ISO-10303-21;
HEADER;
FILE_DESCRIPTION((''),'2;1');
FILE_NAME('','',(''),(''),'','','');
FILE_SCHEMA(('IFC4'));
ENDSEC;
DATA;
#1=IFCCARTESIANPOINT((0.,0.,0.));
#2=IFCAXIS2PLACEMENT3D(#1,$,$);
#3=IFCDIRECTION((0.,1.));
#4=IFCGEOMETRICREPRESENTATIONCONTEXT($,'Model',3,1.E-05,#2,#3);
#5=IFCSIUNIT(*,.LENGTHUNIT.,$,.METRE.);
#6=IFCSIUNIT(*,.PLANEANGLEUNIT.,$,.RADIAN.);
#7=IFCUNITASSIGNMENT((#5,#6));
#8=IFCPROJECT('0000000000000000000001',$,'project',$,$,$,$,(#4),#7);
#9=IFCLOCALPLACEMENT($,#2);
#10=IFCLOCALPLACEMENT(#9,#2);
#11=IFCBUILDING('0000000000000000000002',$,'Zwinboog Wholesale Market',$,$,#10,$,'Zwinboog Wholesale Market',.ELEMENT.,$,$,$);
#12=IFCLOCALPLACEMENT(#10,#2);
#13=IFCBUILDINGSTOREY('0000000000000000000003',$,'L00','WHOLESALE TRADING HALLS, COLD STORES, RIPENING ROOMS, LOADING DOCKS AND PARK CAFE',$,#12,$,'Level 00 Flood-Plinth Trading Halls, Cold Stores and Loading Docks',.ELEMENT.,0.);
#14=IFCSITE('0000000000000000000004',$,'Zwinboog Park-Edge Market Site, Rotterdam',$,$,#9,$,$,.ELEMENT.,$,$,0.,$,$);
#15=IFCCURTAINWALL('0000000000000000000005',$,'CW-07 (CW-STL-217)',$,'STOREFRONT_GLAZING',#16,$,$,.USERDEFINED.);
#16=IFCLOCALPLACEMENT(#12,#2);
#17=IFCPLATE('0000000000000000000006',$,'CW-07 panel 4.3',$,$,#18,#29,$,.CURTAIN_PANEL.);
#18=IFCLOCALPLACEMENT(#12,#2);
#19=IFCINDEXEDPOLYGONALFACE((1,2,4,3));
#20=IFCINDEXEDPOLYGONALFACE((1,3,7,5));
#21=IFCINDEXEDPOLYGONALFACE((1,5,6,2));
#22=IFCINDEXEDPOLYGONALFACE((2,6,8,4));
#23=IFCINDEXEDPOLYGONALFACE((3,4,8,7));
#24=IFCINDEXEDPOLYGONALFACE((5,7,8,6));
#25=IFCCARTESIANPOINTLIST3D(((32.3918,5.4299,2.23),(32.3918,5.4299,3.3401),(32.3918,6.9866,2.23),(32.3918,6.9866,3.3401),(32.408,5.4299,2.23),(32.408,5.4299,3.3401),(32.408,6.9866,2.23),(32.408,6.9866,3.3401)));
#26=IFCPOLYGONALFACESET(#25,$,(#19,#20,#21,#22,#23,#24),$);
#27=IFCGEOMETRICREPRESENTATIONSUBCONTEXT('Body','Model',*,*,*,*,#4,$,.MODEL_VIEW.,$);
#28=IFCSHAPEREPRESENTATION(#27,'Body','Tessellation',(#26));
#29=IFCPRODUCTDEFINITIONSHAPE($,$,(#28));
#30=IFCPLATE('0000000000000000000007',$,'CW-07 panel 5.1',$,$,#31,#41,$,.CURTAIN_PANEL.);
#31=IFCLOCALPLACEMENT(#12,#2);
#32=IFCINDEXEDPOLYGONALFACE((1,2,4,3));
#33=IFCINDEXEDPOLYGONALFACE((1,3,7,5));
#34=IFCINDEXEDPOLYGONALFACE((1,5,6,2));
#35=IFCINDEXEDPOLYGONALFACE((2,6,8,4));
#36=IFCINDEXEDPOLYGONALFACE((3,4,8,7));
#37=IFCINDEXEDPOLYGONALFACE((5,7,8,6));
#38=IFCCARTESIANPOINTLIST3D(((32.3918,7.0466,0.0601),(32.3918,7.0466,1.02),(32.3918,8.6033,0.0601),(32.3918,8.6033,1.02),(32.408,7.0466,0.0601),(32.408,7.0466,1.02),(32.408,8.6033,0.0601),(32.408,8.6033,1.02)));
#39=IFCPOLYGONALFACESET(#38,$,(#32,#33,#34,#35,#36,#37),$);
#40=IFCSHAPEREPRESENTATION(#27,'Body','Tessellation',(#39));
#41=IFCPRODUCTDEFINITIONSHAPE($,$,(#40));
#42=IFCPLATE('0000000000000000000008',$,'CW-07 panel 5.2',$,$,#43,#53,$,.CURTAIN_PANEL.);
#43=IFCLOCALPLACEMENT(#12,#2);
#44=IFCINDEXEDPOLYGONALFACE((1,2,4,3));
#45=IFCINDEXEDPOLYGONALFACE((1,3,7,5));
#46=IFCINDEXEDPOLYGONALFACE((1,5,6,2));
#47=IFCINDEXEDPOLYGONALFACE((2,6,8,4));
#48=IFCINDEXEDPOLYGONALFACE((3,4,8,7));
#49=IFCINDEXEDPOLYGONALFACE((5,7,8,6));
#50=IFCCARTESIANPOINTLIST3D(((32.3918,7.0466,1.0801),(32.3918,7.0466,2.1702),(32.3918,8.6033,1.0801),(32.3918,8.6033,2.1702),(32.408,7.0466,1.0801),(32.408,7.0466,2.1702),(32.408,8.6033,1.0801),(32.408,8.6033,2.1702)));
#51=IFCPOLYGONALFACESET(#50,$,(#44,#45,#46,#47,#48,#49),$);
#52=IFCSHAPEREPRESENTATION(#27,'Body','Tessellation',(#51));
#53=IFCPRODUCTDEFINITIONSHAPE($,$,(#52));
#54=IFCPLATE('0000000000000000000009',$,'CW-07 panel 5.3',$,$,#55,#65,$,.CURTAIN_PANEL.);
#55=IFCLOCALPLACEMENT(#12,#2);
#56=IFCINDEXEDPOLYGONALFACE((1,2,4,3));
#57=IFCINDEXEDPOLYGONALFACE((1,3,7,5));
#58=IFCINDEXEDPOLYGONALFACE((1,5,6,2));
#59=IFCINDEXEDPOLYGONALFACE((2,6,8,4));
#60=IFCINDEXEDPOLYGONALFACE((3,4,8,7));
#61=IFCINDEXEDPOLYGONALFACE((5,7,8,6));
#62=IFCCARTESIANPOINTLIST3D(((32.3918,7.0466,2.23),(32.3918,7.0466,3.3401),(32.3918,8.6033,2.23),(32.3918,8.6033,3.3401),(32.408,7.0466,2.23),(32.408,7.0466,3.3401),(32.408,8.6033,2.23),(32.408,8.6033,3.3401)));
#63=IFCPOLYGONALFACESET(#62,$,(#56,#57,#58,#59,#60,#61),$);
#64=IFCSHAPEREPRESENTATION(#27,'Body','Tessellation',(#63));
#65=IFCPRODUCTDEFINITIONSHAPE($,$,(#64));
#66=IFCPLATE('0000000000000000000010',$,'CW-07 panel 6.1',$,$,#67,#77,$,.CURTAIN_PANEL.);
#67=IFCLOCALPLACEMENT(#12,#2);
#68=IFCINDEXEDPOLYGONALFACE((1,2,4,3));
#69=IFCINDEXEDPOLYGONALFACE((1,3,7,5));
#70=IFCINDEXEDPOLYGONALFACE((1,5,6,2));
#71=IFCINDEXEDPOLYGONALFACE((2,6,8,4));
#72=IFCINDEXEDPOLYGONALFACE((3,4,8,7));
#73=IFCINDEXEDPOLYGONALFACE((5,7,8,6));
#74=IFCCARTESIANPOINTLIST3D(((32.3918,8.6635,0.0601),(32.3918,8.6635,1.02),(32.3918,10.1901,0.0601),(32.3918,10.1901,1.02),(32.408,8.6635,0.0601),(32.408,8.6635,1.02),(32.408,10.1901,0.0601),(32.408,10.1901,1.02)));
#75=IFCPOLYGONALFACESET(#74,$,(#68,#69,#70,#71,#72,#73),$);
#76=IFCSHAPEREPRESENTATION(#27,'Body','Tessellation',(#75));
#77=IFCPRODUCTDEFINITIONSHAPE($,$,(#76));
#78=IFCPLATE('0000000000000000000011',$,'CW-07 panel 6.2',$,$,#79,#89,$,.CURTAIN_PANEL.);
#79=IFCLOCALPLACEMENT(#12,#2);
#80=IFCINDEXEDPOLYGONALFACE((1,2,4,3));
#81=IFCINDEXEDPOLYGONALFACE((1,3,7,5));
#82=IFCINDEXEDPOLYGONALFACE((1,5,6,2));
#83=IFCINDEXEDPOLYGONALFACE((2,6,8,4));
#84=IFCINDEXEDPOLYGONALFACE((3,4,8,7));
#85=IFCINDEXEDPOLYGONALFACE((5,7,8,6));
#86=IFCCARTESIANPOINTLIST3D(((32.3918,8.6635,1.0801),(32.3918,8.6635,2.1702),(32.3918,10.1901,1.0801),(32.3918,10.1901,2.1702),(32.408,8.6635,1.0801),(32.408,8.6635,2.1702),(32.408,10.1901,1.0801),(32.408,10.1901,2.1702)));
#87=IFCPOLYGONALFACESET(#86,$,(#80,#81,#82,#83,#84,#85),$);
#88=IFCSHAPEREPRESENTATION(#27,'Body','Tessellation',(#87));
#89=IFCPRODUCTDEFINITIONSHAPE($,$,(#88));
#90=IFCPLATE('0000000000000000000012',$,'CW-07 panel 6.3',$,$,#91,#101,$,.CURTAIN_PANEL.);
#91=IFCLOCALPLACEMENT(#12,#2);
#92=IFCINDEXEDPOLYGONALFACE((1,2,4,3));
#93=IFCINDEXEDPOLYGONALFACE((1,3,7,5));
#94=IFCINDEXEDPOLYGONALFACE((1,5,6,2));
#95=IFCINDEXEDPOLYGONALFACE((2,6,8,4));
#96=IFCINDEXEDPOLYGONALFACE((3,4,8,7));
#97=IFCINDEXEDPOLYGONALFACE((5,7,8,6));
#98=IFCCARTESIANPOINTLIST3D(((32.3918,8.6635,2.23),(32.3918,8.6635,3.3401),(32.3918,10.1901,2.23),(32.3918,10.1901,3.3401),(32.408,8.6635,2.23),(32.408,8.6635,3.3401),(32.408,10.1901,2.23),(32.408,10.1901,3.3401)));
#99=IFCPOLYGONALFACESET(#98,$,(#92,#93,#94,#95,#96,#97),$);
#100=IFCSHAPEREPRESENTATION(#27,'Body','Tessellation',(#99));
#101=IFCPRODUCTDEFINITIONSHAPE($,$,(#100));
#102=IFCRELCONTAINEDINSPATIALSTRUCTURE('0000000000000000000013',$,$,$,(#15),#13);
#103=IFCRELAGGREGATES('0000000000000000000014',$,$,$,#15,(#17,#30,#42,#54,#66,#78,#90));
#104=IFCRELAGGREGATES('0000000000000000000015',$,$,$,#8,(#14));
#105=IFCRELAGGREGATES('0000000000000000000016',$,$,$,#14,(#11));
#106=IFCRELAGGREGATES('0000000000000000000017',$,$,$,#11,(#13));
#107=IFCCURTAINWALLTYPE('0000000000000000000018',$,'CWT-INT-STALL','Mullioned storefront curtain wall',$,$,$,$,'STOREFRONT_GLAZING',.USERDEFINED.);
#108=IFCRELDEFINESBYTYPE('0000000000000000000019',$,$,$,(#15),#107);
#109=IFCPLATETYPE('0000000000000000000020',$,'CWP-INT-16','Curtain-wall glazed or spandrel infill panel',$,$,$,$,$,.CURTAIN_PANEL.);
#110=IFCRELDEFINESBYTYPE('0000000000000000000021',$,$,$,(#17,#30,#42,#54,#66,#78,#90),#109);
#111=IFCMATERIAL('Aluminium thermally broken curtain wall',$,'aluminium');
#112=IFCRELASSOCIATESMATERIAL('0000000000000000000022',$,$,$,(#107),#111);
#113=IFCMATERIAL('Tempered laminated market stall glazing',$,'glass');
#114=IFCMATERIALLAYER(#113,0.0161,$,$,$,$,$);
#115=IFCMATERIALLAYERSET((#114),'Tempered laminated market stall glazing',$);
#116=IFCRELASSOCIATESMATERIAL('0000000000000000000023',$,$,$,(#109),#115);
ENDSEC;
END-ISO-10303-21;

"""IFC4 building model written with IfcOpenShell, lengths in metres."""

from ifc_helpers import new_model, si_unit, direction, frame, origin, origin_2d, place, context, subcontext, project, spatial, rectangle, extrude, material, layer, layer_set, type_object, element, aggregate, save


model = new_model("IFC4")

# Units and contexts
model_context = context("Model", 3, precision=1e-05, world=origin(), true_north=direction((0.0, 1.0)))
body_context = subcontext(model_context, "Body", "Model", "MODEL_VIEW")
ifc_project = project(units=[si_unit("LENGTHUNIT", "METRE"), si_unit("PLANEANGLEUNIT", "RADIAN")], contexts=[model_context])

# Site, building, storey
site_placement = place(None, origin())
site = spatial("IfcSite", under=ifc_project, at=site_placement, Name="Zwinboog Park-Edge Market Site, Rotterdam", CompositionType="ELEMENT", RefElevation=0.0)
building_placement = place(site_placement, origin())
building = spatial("IfcBuilding", under=site, at=building_placement, Name="Zwinboog Wholesale Market", LongName="Zwinboog Wholesale Market", CompositionType="ELEMENT")
storey_placement = place(building_placement, origin())
storey = spatial("IfcBuildingStorey", under=building, at=storey_placement, Name="L00", Description="WHOLESALE TRADING HALLS, COLD STORES, RIPENING ROOMS, LOADING DOCKS AND PARK CAFE", LongName="Level 00 Flood-Plinth Trading Halls, Cold Stores and Loading Docks", CompositionType="ELEMENT", Elevation=0.0)

# Curtain wall, plates
ifc_material_1 = material(Name="Aluminium thermally broken curtain wall", Category="aluminium")
curtain_wall_type = type_object("IfcCurtainWallType", Name="CWT-INT-STALL", Description="Mullioned storefront curtain wall", ElementType="STOREFRONT_GLAZING", PredefinedType="USERDEFINED", material=ifc_material_1)
curtain_wall_placement = place(storey_placement, origin())
curtain_wall = element("IfcCurtainWall", 1, at=curtain_wall_placement, inside=storey, type_object=curtain_wall_type, Name="CW-07 (CW-STL-217)", ObjectType="STOREFRONT_GLAZING", PredefinedType="USERDEFINED")
ifc_material_2 = material(Name="Tempered laminated market stall glazing", Category="glass")
ifc_layer = layer(ifc_material_2, 0.0161)
ifc_layer_set = layer_set([ifc_layer], Name="Tempered laminated market stall glazing")
plate_type = type_object("IfcPlateType", Name="CWP-INT-16", Description="Curtain-wall glazed or spandrel infill panel", PredefinedType="CURTAIN_PANEL", material=ifc_layer_set)
plate_1_placement = place(storey_placement, frame((32.3999, 6.2083, 2.23), z_axis=(0.0, 0.0, 1.0), x_axis=(0.0, 1.0, 0.0)))
plate_1 = element("IfcPlate", 2, at=plate_1_placement, type_object=plate_type, Name="CW-07 panel 4.3", PredefinedType="CURTAIN_PANEL", context=body_context, shape_type="SweptSolid", body=[
    extrude(rectangle(XDim=1.5566, YDim=0.0161, at=origin_2d()), origin(), (0.0, 0.0, 1.0), 1.1101),
])
plate_2_placement = place(storey_placement, frame((32.3999, 7.825, 0.0601), z_axis=(0.0, 0.0, 1.0), x_axis=(0.0, 1.0, 0.0)))
plate_2 = element("IfcPlate", 3, at=plate_2_placement, type_object=plate_type, Name="CW-07 panel 5.1", PredefinedType="CURTAIN_PANEL", context=body_context, shape_type="SweptSolid", body=[
    extrude(rectangle(XDim=1.5566, YDim=0.0161, at=origin_2d()), origin(), (0.0, 0.0, 1.0), 0.96),
])
plate_3_placement = place(storey_placement, frame((32.3999, 7.825, 1.0801), z_axis=(0.0, 0.0, 1.0), x_axis=(0.0, 1.0, 0.0)))
plate_3 = element("IfcPlate", 4, at=plate_3_placement, type_object=plate_type, Name="CW-07 panel 5.2", PredefinedType="CURTAIN_PANEL", context=body_context, shape_type="SweptSolid", body=[
    extrude(rectangle(XDim=1.5566, YDim=0.0161, at=origin_2d()), origin(), (0.0, 0.0, 1.0), 1.0901),
])
plate_4_placement = place(storey_placement, frame((32.3999, 7.825, 2.23), z_axis=(0.0, 0.0, 1.0), x_axis=(0.0, 1.0, 0.0)))
plate_4 = element("IfcPlate", 5, at=plate_4_placement, type_object=plate_type, Name="CW-07 panel 5.3", PredefinedType="CURTAIN_PANEL", context=body_context, shape_type="SweptSolid", body=[
    extrude(rectangle(XDim=1.5566, YDim=0.0161, at=origin_2d()), origin(), (0.0, 0.0, 1.0), 1.1101),
])
plate_5_placement = place(storey_placement, frame((32.3999, 9.4268, 0.0601), z_axis=(0.0, 0.0, 1.0), x_axis=(0.0, 1.0, 0.0)))
plate_5 = element("IfcPlate", 6, at=plate_5_placement, type_object=plate_type, Name="CW-07 panel 6.1", PredefinedType="CURTAIN_PANEL", context=body_context, shape_type="SweptSolid", body=[
    extrude(rectangle(XDim=1.5266, YDim=0.0161, at=origin_2d()), origin(), (0.0, 0.0, 1.0), 0.96),
])
plate_6_placement = place(storey_placement, frame((32.3999, 9.4268, 1.0801), z_axis=(0.0, 0.0, 1.0), x_axis=(0.0, 1.0, 0.0)))
plate_6 = element("IfcPlate", 7, at=plate_6_placement, type_object=plate_type, Name="CW-07 panel 6.2", PredefinedType="CURTAIN_PANEL", context=body_context, shape_type="SweptSolid", body=[
    extrude(rectangle(XDim=1.5266, YDim=0.0161, at=origin_2d()), origin(), (0.0, 0.0, 1.0), 1.0901),
])
plate_7_placement = place(storey_placement, frame((32.3999, 9.4268, 2.23), z_axis=(0.0, 0.0, 1.0), x_axis=(0.0, 1.0, 0.0)))
plate_7 = element("IfcPlate", 8, at=plate_7_placement, type_object=plate_type, Name="CW-07 panel 6.3", PredefinedType="CURTAIN_PANEL", context=body_context, shape_type="SweptSolid", body=[
    extrude(rectangle(XDim=1.5266, YDim=0.0161, at=origin_2d()), origin(), (0.0, 0.0, 1.0), 1.1101),
])
aggregate(curtain_wall, [plate_1, plate_2, plate_3, plate_4, plate_5, plate_6, plate_7])

save(model, "model.ifc")
